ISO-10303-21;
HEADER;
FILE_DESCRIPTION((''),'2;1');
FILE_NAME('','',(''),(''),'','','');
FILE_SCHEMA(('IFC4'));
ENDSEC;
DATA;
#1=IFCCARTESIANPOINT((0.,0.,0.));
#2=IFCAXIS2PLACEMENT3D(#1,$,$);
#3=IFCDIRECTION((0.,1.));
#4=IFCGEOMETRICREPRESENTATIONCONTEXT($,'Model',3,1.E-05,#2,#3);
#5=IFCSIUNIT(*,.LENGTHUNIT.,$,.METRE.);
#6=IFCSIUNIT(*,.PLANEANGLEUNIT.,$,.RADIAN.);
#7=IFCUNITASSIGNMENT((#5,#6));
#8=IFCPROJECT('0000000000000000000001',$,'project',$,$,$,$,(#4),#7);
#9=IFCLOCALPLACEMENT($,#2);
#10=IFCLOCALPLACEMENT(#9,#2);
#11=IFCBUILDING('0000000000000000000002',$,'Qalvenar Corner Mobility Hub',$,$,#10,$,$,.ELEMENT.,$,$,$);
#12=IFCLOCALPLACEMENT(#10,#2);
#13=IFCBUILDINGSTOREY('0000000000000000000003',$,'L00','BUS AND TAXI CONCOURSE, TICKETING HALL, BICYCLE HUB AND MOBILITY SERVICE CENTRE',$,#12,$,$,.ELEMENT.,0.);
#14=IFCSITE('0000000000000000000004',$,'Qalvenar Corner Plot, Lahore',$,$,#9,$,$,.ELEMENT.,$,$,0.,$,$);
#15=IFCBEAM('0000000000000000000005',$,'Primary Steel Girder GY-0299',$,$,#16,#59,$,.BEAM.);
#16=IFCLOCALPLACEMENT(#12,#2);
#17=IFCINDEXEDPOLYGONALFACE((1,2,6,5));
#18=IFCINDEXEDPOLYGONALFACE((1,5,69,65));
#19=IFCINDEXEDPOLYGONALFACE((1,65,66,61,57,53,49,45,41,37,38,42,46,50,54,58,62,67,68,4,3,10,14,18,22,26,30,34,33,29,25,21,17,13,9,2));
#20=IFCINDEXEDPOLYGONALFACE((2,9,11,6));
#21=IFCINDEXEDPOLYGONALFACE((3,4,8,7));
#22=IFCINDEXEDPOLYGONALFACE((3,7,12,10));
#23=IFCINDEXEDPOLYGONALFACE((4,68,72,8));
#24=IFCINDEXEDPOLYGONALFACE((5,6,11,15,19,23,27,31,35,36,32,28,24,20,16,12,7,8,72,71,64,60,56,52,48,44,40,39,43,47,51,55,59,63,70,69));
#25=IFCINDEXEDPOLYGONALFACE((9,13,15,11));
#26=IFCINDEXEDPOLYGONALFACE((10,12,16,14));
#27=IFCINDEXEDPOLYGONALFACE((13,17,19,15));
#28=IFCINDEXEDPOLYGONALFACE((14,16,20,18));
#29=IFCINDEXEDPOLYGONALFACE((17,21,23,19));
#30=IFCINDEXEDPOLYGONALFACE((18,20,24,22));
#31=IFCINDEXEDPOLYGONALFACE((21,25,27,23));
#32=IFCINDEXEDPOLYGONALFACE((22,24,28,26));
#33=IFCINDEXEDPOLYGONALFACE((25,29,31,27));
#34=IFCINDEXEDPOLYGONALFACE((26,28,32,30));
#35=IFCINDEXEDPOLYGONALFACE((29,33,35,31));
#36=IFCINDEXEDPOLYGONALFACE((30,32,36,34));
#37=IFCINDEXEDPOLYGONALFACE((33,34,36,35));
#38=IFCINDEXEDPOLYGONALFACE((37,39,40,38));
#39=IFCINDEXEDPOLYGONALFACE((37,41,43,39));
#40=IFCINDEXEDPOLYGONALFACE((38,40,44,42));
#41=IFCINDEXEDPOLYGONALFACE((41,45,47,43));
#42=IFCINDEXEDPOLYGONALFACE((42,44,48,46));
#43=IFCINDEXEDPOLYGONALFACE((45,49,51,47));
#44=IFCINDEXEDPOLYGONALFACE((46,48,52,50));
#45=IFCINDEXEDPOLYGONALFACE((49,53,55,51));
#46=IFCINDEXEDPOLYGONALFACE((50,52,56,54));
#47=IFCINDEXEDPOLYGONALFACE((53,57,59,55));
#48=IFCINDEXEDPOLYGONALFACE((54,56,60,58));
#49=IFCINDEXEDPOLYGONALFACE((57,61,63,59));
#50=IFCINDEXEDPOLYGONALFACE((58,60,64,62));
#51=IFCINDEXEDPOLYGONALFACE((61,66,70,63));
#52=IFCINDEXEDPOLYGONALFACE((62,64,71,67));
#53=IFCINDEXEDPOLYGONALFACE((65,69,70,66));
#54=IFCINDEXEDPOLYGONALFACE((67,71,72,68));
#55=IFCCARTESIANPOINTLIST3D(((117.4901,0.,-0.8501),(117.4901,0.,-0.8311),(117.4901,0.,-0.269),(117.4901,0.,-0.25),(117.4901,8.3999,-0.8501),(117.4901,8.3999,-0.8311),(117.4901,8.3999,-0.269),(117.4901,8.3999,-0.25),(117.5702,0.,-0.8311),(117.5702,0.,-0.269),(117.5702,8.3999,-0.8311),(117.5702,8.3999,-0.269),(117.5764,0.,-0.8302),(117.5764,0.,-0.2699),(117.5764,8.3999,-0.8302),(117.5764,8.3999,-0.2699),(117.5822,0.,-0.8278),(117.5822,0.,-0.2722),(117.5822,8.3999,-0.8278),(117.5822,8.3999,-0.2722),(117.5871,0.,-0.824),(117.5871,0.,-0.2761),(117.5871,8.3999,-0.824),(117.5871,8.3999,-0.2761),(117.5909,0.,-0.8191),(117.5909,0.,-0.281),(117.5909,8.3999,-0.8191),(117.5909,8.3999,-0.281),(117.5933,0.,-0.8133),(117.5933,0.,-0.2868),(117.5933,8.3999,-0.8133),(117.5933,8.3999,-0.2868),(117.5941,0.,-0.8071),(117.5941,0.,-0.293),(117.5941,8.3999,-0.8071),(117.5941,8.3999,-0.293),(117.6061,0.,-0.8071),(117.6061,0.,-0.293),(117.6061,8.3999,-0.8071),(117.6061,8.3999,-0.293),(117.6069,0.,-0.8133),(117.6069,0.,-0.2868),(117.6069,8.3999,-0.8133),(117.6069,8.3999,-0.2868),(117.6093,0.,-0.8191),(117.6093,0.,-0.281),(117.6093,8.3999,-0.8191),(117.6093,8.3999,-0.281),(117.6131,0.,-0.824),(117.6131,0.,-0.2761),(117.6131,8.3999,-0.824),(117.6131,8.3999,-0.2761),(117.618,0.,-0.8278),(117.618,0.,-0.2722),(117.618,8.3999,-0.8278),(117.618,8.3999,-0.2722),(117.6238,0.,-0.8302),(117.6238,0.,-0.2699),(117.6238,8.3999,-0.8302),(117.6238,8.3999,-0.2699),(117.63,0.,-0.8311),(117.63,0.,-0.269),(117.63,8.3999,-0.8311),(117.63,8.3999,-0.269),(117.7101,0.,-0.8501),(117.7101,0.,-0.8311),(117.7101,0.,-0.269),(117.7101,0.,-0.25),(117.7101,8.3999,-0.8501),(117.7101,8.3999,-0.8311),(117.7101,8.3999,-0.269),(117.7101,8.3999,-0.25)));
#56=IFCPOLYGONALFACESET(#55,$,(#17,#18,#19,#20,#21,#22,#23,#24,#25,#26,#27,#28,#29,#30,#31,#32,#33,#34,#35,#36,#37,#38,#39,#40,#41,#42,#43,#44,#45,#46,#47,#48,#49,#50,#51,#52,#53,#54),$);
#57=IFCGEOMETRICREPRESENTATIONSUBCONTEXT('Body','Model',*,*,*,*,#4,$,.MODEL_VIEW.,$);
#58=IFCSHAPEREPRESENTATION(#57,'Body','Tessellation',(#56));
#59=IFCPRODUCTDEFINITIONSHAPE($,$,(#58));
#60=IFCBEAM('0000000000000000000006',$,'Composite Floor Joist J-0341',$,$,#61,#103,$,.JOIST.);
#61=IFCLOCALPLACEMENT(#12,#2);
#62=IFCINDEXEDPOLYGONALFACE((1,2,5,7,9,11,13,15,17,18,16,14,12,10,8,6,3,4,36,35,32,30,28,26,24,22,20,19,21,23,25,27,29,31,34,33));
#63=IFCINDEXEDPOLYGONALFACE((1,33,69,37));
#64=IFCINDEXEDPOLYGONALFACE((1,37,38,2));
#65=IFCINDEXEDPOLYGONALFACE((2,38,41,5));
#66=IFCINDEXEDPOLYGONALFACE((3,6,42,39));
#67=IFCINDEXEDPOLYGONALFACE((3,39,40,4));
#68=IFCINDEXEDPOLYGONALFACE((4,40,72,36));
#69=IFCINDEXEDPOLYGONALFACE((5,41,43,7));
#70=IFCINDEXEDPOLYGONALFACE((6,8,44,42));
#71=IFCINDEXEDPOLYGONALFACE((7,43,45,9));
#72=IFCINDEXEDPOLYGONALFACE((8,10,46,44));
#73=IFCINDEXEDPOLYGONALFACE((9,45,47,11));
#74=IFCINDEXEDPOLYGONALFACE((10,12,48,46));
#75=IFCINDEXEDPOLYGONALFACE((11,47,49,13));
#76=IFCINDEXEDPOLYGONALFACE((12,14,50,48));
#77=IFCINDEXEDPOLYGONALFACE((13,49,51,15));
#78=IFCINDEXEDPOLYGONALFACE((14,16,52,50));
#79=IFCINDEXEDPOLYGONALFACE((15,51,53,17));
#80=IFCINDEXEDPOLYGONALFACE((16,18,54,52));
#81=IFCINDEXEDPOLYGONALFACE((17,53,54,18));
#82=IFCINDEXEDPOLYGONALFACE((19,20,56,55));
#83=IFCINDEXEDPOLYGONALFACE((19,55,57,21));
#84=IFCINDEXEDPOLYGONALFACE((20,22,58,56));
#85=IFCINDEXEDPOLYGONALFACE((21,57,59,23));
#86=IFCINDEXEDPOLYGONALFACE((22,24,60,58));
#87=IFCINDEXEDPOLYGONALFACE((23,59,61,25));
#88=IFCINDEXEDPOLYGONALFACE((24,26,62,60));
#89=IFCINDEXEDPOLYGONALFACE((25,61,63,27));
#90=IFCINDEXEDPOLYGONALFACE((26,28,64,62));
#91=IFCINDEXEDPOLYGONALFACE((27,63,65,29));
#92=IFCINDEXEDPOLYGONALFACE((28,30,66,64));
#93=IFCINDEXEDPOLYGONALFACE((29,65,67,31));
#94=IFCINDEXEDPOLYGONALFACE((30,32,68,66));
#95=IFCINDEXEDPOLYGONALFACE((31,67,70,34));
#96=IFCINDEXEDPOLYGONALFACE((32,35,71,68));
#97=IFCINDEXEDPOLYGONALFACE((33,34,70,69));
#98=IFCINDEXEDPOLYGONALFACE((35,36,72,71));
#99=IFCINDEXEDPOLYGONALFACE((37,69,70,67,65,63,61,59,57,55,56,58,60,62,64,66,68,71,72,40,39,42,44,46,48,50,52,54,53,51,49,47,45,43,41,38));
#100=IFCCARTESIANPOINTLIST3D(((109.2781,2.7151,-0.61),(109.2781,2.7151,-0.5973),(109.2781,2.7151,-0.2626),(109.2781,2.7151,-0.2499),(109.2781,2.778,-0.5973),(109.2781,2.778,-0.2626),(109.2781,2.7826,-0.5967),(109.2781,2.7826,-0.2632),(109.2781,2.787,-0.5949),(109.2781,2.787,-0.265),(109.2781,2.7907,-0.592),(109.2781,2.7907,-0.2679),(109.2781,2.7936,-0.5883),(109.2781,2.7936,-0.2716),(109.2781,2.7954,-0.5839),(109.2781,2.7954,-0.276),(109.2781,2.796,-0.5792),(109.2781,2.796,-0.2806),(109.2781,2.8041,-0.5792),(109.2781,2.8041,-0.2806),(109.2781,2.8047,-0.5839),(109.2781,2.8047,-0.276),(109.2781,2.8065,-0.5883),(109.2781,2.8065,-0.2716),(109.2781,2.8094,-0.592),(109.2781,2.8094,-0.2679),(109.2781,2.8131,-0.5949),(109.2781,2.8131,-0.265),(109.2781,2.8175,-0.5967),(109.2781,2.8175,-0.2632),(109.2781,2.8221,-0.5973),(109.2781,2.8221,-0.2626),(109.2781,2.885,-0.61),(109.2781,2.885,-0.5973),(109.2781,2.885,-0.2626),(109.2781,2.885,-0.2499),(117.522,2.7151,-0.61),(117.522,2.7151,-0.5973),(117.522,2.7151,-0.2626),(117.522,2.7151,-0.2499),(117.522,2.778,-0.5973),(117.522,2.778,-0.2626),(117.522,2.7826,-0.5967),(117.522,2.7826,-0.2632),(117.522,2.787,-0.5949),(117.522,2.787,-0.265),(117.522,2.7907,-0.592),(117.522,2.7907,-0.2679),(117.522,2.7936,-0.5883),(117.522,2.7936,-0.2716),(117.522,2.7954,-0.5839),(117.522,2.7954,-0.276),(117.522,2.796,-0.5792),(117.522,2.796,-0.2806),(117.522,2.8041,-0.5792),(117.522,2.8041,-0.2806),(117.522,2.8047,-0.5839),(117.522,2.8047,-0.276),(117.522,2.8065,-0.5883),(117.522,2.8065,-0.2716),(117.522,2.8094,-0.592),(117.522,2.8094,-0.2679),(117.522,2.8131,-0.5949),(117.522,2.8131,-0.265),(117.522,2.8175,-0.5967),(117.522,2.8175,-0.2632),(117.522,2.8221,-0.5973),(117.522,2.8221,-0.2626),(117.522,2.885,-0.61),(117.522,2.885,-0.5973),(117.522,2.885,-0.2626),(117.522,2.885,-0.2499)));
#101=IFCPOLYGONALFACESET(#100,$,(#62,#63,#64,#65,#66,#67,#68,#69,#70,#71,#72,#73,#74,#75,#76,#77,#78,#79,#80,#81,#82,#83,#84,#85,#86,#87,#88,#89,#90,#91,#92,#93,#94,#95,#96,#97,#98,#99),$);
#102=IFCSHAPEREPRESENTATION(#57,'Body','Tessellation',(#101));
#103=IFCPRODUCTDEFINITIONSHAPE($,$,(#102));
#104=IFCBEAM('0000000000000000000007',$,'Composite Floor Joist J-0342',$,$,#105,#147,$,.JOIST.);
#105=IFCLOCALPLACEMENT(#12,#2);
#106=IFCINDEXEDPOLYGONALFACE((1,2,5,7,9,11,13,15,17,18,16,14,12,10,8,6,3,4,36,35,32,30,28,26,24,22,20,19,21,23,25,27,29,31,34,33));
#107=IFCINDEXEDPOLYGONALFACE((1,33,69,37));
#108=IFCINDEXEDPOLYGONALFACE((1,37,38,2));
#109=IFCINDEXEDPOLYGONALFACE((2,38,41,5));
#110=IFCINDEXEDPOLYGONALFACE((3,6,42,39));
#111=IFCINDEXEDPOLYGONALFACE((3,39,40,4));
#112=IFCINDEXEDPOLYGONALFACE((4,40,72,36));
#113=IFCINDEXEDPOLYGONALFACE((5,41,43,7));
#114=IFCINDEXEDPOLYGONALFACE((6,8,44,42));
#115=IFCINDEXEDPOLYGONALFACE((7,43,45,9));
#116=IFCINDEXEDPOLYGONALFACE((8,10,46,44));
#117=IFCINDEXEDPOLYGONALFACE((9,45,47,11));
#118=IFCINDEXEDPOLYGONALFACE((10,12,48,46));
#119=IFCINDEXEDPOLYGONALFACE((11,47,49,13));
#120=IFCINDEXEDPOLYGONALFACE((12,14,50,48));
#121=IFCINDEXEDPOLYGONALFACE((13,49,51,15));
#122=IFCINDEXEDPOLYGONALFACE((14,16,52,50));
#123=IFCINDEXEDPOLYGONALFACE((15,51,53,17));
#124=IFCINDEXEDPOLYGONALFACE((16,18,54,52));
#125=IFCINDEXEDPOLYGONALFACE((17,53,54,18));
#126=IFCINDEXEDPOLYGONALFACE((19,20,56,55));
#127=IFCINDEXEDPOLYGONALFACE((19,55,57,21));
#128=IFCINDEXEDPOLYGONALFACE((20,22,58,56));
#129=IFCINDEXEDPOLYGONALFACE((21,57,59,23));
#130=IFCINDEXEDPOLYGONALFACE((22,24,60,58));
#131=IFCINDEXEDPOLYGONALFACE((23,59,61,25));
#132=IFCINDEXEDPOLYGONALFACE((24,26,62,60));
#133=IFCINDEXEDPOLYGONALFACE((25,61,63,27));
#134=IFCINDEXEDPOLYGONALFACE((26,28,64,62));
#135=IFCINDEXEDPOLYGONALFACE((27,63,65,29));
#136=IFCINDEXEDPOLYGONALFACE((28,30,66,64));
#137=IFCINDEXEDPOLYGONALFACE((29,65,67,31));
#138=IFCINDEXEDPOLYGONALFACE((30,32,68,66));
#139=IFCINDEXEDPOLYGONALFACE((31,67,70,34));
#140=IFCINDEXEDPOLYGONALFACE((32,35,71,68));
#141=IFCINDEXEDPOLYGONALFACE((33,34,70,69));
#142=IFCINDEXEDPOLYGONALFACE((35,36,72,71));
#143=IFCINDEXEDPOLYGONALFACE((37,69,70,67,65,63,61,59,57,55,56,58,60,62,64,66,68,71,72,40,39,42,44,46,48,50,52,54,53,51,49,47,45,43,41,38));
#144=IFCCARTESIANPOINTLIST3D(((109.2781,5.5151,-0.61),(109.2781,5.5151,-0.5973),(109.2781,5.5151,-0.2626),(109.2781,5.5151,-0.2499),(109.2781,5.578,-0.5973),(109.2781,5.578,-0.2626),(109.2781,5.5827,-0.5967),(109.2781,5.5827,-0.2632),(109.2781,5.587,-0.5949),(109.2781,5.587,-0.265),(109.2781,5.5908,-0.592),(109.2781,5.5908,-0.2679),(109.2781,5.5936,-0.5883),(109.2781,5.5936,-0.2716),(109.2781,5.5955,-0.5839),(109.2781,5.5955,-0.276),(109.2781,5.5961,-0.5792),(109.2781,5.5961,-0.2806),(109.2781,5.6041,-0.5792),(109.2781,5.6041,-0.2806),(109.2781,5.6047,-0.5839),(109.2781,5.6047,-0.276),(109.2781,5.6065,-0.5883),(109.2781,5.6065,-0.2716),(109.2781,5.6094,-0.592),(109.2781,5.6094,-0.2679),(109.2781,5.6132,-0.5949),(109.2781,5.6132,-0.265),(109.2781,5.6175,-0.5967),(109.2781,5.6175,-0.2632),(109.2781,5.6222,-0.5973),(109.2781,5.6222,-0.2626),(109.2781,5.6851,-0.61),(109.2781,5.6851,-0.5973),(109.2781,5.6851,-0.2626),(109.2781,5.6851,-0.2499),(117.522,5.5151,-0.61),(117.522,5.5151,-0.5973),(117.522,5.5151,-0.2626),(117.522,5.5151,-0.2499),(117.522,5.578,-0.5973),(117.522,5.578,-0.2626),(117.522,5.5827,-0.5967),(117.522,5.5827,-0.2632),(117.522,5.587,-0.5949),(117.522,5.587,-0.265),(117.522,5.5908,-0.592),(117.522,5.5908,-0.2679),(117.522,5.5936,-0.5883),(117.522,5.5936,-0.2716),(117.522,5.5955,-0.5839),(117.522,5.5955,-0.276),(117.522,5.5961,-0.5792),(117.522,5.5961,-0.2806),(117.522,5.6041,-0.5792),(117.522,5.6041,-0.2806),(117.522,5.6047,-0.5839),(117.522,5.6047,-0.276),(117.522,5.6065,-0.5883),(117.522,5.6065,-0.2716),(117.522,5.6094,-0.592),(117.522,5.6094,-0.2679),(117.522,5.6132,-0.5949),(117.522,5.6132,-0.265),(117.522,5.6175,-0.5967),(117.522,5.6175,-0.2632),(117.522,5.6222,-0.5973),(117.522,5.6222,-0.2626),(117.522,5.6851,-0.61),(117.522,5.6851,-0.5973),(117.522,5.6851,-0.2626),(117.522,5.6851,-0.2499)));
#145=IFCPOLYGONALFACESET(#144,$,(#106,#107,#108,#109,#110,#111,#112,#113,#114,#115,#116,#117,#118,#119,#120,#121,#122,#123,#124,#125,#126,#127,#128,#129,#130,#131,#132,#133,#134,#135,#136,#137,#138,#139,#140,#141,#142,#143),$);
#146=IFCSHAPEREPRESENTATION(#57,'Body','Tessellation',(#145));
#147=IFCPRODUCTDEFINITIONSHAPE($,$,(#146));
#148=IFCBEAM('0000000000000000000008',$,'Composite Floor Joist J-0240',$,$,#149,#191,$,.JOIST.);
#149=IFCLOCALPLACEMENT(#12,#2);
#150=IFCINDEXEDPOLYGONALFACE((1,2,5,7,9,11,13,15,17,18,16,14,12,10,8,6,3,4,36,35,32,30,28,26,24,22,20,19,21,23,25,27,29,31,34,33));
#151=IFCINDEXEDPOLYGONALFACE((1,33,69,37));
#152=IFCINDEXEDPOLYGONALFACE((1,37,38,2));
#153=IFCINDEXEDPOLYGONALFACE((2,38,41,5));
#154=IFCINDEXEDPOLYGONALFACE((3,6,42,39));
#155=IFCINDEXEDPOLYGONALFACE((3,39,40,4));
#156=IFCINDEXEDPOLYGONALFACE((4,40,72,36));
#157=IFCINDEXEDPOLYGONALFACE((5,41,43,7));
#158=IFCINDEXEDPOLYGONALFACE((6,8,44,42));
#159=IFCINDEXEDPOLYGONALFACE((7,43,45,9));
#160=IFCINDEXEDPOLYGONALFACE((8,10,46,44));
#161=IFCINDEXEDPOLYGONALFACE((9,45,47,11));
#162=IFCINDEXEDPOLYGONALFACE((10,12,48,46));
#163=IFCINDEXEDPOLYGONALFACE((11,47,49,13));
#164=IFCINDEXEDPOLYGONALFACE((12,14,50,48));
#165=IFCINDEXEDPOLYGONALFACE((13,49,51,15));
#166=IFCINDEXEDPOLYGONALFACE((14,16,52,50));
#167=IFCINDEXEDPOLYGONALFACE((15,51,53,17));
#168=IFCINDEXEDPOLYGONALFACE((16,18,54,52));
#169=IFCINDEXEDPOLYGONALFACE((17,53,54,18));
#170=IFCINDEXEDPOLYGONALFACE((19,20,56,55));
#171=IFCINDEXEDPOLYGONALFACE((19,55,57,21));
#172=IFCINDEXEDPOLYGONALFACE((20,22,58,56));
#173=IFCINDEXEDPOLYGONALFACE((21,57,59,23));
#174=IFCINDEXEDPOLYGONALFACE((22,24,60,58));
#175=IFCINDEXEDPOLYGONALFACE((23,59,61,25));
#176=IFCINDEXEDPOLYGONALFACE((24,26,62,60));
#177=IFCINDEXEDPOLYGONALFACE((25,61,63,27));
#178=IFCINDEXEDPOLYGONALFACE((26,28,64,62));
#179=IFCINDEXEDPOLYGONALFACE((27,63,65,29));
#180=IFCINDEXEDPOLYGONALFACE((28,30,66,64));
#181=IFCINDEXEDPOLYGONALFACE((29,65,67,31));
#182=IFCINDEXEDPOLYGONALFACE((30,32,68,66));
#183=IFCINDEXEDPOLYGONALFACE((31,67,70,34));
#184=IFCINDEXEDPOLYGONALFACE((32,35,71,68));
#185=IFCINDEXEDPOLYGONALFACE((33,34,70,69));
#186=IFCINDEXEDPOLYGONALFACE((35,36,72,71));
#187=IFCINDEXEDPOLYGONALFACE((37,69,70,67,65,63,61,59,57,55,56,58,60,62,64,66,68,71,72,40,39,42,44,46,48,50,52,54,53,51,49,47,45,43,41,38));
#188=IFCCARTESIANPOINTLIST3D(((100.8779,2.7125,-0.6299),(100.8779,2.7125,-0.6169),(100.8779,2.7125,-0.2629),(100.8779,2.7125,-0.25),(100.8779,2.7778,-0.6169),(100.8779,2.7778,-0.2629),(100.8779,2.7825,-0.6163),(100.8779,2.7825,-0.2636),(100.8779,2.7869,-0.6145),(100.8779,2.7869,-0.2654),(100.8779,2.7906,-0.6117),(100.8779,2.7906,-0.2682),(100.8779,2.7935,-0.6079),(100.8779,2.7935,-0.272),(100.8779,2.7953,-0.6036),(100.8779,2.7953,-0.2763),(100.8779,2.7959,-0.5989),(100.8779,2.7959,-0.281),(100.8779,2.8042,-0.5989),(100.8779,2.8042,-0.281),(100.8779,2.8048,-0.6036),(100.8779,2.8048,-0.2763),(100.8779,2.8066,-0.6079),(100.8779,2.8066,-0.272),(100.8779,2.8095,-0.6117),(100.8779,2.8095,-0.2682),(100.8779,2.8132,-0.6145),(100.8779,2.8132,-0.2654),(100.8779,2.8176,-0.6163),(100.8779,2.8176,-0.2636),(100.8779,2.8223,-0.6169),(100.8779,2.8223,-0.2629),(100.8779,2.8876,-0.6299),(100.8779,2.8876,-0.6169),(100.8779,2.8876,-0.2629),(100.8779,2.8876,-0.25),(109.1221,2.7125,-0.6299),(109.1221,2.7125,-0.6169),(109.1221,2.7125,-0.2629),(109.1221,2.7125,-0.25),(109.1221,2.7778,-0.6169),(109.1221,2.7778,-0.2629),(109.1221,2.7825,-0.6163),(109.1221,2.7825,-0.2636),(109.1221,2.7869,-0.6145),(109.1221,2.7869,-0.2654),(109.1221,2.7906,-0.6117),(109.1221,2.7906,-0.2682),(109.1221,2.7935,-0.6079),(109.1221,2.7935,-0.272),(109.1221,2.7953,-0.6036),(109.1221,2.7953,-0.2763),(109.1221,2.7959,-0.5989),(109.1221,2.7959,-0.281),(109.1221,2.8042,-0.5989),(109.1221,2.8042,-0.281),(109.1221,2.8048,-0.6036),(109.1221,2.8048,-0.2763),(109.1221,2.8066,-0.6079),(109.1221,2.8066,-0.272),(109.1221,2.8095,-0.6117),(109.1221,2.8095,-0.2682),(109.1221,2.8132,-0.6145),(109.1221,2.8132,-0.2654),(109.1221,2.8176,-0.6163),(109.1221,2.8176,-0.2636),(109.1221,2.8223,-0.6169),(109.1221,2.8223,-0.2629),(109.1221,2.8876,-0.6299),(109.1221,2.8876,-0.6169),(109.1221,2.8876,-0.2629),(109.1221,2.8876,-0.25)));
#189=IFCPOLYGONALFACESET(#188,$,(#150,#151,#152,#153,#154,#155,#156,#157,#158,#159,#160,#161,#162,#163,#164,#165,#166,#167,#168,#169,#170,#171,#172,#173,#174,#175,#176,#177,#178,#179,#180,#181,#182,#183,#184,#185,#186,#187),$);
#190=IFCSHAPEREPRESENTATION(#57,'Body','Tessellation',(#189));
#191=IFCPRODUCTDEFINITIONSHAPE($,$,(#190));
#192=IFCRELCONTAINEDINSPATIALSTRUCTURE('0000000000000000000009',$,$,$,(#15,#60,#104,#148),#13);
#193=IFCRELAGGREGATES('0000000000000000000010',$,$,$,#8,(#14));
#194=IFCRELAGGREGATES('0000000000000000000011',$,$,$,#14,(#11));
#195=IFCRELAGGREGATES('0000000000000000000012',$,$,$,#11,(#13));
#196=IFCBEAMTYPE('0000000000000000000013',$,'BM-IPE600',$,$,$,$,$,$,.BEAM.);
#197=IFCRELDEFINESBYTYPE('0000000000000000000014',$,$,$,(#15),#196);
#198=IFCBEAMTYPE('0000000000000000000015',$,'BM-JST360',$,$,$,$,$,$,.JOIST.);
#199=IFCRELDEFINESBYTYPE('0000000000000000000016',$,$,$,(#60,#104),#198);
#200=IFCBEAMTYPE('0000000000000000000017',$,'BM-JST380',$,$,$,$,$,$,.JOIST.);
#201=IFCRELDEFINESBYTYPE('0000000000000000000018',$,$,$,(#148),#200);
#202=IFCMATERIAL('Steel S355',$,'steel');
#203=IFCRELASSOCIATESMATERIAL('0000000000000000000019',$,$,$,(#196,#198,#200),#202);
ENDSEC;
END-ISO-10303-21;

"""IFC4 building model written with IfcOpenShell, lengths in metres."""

from ifc_helpers import new_model, si_unit, direction, frame, origin, origin_2d, place, context, subcontext, project, spatial, i_section, extrude, material, material_profile, profile_set, type_object, element, save


model = new_model("IFC4")

# Units and contexts
model_context = context("Model", 3, precision=1e-05, world=origin(), true_north=direction((0.0, 1.0)))
body_context = subcontext(model_context, "Body", "Model", "MODEL_VIEW")
ifc_project = project(units=[si_unit("LENGTHUNIT", "METRE"), si_unit("PLANEANGLEUNIT", "RADIAN")], contexts=[model_context])

# Site, building, storey
site_placement = place(None, origin())
site = spatial("IfcSite", under=ifc_project, at=site_placement, Name="Qalvenar Corner Plot, Lahore", CompositionType="ELEMENT", RefElevation=0.0)
building_placement = place(site_placement, origin())
building = spatial("IfcBuilding", under=site, at=building_placement, Name="Qalvenar Corner Mobility Hub", CompositionType="ELEMENT")
storey_placement = place(building_placement, origin())
storey = spatial("IfcBuildingStorey", under=building, at=storey_placement, Name="L00", Description="BUS AND TAXI CONCOURSE, TICKETING HALL, BICYCLE HUB AND MOBILITY SERVICE CENTRE", CompositionType="ELEMENT", Elevation=0.0)

# Shared definitions
ifc_material_1 = material(Name="Steel S355", Category="steel")

# Beams
ifc_material_profile_1 = material_profile(ifc_material_1, i_section(OverallWidth=0.22, OverallDepth=0.6001, WebThickness=0.012, FlangeThickness=0.019, FilletRadius=0.0239, at=origin_2d()), Name="IPE600")
ifc_profile_set_1 = profile_set([ifc_material_profile_1], Name="Steel S355")
beam_type_1 = type_object("IfcBeamType", Name="BM-IPE600", PredefinedType="BEAM", material=ifc_profile_set_1)
beam_1_placement = place(storey_placement, frame((117.6001, 0.0, -0.55), z_axis=(0.0, 1.0, 0.0), x_axis=(-1.0, 0.0, 0.0)))
element("IfcBeam", 1, at=beam_1_placement, inside=storey, type_object=beam_type_1, Name="Primary Steel Girder GY-0299", PredefinedType="BEAM", context=body_context, shape_type="SweptSolid", body=[
    extrude(i_section(OverallWidth=0.22, OverallDepth=0.6001, WebThickness=0.012, FlangeThickness=0.019, FilletRadius=0.0239, at=origin_2d()), origin(), (0.0, 0.0, 1.0), 8.3999),
])
ifc_material_profile_2 = material_profile(ifc_material_1, i_section(OverallWidth=0.1699, OverallDepth=0.3601, WebThickness=0.0081, FlangeThickness=0.0127, FilletRadius=0.0181, at=origin_2d()), Name="IPE360")
ifc_profile_set_2 = profile_set([ifc_material_profile_2], Name="Steel S355")
beam_type_2 = type_object("IfcBeamType", Name="BM-JST360", PredefinedType="JOIST", material=ifc_profile_set_2)
for number, where, z_axis, x_axis, name in (
    (2, (109.2781, 2.8, -0.4299), (1.0, 0.0, 0.0), (0.0, 1.0, 0.0), "Composite Floor Joist J-0341"),
    (3, (109.2781, 5.6001, -0.4299), (1.0, 0.0, 0.0), (0.0, 1.0, 0.0), "Composite Floor Joist J-0342"),
):
    element("IfcBeam", number, at=place(storey_placement, frame(where, z_axis=z_axis, x_axis=x_axis)), inside=storey, type_object=beam_type_2, Name=name, PredefinedType="JOIST", context=body_context, shape_type="SweptSolid", body=[
        extrude(i_section(OverallWidth=0.1699, OverallDepth=0.3601, WebThickness=0.0081, FlangeThickness=0.0127, FilletRadius=0.0181, at=origin_2d()), origin(), (0.0, 0.0, 1.0), 8.2439),
    ])
ifc_material_profile_3 = material_profile(ifc_material_1, i_section(OverallWidth=0.175, OverallDepth=0.3799, WebThickness=0.0083, FlangeThickness=0.0129, FilletRadius=0.0181, at=origin_2d()), Name="IPE380-EQ")
ifc_profile_set_3 = profile_set([ifc_material_profile_3], Name="Steel S355")
beam_type_3 = type_object("IfcBeamType", Name="BM-JST380", PredefinedType="JOIST", material=ifc_profile_set_3)
for number, where, z_axis, x_axis, name in (
    (4, (100.8779, 2.8, -0.4399), (1.0, 0.0, 0.0), (0.0, 1.0, 0.0), "Composite Floor Joist J-0240"),
):
    element("IfcBeam", number, at=place(storey_placement, frame(where, z_axis=z_axis, x_axis=x_axis)), inside=storey, type_object=beam_type_3, Name=name, PredefinedType="JOIST", context=body_context, shape_type="SweptSolid", body=[
        extrude(i_section(OverallWidth=0.175, OverallDepth=0.3799, WebThickness=0.0083, FlangeThickness=0.0129, FilletRadius=0.0181, at=origin_2d()), origin(), (0.0, 0.0, 1.0), 8.2441),
    ])

save(model, "model.ifc")
